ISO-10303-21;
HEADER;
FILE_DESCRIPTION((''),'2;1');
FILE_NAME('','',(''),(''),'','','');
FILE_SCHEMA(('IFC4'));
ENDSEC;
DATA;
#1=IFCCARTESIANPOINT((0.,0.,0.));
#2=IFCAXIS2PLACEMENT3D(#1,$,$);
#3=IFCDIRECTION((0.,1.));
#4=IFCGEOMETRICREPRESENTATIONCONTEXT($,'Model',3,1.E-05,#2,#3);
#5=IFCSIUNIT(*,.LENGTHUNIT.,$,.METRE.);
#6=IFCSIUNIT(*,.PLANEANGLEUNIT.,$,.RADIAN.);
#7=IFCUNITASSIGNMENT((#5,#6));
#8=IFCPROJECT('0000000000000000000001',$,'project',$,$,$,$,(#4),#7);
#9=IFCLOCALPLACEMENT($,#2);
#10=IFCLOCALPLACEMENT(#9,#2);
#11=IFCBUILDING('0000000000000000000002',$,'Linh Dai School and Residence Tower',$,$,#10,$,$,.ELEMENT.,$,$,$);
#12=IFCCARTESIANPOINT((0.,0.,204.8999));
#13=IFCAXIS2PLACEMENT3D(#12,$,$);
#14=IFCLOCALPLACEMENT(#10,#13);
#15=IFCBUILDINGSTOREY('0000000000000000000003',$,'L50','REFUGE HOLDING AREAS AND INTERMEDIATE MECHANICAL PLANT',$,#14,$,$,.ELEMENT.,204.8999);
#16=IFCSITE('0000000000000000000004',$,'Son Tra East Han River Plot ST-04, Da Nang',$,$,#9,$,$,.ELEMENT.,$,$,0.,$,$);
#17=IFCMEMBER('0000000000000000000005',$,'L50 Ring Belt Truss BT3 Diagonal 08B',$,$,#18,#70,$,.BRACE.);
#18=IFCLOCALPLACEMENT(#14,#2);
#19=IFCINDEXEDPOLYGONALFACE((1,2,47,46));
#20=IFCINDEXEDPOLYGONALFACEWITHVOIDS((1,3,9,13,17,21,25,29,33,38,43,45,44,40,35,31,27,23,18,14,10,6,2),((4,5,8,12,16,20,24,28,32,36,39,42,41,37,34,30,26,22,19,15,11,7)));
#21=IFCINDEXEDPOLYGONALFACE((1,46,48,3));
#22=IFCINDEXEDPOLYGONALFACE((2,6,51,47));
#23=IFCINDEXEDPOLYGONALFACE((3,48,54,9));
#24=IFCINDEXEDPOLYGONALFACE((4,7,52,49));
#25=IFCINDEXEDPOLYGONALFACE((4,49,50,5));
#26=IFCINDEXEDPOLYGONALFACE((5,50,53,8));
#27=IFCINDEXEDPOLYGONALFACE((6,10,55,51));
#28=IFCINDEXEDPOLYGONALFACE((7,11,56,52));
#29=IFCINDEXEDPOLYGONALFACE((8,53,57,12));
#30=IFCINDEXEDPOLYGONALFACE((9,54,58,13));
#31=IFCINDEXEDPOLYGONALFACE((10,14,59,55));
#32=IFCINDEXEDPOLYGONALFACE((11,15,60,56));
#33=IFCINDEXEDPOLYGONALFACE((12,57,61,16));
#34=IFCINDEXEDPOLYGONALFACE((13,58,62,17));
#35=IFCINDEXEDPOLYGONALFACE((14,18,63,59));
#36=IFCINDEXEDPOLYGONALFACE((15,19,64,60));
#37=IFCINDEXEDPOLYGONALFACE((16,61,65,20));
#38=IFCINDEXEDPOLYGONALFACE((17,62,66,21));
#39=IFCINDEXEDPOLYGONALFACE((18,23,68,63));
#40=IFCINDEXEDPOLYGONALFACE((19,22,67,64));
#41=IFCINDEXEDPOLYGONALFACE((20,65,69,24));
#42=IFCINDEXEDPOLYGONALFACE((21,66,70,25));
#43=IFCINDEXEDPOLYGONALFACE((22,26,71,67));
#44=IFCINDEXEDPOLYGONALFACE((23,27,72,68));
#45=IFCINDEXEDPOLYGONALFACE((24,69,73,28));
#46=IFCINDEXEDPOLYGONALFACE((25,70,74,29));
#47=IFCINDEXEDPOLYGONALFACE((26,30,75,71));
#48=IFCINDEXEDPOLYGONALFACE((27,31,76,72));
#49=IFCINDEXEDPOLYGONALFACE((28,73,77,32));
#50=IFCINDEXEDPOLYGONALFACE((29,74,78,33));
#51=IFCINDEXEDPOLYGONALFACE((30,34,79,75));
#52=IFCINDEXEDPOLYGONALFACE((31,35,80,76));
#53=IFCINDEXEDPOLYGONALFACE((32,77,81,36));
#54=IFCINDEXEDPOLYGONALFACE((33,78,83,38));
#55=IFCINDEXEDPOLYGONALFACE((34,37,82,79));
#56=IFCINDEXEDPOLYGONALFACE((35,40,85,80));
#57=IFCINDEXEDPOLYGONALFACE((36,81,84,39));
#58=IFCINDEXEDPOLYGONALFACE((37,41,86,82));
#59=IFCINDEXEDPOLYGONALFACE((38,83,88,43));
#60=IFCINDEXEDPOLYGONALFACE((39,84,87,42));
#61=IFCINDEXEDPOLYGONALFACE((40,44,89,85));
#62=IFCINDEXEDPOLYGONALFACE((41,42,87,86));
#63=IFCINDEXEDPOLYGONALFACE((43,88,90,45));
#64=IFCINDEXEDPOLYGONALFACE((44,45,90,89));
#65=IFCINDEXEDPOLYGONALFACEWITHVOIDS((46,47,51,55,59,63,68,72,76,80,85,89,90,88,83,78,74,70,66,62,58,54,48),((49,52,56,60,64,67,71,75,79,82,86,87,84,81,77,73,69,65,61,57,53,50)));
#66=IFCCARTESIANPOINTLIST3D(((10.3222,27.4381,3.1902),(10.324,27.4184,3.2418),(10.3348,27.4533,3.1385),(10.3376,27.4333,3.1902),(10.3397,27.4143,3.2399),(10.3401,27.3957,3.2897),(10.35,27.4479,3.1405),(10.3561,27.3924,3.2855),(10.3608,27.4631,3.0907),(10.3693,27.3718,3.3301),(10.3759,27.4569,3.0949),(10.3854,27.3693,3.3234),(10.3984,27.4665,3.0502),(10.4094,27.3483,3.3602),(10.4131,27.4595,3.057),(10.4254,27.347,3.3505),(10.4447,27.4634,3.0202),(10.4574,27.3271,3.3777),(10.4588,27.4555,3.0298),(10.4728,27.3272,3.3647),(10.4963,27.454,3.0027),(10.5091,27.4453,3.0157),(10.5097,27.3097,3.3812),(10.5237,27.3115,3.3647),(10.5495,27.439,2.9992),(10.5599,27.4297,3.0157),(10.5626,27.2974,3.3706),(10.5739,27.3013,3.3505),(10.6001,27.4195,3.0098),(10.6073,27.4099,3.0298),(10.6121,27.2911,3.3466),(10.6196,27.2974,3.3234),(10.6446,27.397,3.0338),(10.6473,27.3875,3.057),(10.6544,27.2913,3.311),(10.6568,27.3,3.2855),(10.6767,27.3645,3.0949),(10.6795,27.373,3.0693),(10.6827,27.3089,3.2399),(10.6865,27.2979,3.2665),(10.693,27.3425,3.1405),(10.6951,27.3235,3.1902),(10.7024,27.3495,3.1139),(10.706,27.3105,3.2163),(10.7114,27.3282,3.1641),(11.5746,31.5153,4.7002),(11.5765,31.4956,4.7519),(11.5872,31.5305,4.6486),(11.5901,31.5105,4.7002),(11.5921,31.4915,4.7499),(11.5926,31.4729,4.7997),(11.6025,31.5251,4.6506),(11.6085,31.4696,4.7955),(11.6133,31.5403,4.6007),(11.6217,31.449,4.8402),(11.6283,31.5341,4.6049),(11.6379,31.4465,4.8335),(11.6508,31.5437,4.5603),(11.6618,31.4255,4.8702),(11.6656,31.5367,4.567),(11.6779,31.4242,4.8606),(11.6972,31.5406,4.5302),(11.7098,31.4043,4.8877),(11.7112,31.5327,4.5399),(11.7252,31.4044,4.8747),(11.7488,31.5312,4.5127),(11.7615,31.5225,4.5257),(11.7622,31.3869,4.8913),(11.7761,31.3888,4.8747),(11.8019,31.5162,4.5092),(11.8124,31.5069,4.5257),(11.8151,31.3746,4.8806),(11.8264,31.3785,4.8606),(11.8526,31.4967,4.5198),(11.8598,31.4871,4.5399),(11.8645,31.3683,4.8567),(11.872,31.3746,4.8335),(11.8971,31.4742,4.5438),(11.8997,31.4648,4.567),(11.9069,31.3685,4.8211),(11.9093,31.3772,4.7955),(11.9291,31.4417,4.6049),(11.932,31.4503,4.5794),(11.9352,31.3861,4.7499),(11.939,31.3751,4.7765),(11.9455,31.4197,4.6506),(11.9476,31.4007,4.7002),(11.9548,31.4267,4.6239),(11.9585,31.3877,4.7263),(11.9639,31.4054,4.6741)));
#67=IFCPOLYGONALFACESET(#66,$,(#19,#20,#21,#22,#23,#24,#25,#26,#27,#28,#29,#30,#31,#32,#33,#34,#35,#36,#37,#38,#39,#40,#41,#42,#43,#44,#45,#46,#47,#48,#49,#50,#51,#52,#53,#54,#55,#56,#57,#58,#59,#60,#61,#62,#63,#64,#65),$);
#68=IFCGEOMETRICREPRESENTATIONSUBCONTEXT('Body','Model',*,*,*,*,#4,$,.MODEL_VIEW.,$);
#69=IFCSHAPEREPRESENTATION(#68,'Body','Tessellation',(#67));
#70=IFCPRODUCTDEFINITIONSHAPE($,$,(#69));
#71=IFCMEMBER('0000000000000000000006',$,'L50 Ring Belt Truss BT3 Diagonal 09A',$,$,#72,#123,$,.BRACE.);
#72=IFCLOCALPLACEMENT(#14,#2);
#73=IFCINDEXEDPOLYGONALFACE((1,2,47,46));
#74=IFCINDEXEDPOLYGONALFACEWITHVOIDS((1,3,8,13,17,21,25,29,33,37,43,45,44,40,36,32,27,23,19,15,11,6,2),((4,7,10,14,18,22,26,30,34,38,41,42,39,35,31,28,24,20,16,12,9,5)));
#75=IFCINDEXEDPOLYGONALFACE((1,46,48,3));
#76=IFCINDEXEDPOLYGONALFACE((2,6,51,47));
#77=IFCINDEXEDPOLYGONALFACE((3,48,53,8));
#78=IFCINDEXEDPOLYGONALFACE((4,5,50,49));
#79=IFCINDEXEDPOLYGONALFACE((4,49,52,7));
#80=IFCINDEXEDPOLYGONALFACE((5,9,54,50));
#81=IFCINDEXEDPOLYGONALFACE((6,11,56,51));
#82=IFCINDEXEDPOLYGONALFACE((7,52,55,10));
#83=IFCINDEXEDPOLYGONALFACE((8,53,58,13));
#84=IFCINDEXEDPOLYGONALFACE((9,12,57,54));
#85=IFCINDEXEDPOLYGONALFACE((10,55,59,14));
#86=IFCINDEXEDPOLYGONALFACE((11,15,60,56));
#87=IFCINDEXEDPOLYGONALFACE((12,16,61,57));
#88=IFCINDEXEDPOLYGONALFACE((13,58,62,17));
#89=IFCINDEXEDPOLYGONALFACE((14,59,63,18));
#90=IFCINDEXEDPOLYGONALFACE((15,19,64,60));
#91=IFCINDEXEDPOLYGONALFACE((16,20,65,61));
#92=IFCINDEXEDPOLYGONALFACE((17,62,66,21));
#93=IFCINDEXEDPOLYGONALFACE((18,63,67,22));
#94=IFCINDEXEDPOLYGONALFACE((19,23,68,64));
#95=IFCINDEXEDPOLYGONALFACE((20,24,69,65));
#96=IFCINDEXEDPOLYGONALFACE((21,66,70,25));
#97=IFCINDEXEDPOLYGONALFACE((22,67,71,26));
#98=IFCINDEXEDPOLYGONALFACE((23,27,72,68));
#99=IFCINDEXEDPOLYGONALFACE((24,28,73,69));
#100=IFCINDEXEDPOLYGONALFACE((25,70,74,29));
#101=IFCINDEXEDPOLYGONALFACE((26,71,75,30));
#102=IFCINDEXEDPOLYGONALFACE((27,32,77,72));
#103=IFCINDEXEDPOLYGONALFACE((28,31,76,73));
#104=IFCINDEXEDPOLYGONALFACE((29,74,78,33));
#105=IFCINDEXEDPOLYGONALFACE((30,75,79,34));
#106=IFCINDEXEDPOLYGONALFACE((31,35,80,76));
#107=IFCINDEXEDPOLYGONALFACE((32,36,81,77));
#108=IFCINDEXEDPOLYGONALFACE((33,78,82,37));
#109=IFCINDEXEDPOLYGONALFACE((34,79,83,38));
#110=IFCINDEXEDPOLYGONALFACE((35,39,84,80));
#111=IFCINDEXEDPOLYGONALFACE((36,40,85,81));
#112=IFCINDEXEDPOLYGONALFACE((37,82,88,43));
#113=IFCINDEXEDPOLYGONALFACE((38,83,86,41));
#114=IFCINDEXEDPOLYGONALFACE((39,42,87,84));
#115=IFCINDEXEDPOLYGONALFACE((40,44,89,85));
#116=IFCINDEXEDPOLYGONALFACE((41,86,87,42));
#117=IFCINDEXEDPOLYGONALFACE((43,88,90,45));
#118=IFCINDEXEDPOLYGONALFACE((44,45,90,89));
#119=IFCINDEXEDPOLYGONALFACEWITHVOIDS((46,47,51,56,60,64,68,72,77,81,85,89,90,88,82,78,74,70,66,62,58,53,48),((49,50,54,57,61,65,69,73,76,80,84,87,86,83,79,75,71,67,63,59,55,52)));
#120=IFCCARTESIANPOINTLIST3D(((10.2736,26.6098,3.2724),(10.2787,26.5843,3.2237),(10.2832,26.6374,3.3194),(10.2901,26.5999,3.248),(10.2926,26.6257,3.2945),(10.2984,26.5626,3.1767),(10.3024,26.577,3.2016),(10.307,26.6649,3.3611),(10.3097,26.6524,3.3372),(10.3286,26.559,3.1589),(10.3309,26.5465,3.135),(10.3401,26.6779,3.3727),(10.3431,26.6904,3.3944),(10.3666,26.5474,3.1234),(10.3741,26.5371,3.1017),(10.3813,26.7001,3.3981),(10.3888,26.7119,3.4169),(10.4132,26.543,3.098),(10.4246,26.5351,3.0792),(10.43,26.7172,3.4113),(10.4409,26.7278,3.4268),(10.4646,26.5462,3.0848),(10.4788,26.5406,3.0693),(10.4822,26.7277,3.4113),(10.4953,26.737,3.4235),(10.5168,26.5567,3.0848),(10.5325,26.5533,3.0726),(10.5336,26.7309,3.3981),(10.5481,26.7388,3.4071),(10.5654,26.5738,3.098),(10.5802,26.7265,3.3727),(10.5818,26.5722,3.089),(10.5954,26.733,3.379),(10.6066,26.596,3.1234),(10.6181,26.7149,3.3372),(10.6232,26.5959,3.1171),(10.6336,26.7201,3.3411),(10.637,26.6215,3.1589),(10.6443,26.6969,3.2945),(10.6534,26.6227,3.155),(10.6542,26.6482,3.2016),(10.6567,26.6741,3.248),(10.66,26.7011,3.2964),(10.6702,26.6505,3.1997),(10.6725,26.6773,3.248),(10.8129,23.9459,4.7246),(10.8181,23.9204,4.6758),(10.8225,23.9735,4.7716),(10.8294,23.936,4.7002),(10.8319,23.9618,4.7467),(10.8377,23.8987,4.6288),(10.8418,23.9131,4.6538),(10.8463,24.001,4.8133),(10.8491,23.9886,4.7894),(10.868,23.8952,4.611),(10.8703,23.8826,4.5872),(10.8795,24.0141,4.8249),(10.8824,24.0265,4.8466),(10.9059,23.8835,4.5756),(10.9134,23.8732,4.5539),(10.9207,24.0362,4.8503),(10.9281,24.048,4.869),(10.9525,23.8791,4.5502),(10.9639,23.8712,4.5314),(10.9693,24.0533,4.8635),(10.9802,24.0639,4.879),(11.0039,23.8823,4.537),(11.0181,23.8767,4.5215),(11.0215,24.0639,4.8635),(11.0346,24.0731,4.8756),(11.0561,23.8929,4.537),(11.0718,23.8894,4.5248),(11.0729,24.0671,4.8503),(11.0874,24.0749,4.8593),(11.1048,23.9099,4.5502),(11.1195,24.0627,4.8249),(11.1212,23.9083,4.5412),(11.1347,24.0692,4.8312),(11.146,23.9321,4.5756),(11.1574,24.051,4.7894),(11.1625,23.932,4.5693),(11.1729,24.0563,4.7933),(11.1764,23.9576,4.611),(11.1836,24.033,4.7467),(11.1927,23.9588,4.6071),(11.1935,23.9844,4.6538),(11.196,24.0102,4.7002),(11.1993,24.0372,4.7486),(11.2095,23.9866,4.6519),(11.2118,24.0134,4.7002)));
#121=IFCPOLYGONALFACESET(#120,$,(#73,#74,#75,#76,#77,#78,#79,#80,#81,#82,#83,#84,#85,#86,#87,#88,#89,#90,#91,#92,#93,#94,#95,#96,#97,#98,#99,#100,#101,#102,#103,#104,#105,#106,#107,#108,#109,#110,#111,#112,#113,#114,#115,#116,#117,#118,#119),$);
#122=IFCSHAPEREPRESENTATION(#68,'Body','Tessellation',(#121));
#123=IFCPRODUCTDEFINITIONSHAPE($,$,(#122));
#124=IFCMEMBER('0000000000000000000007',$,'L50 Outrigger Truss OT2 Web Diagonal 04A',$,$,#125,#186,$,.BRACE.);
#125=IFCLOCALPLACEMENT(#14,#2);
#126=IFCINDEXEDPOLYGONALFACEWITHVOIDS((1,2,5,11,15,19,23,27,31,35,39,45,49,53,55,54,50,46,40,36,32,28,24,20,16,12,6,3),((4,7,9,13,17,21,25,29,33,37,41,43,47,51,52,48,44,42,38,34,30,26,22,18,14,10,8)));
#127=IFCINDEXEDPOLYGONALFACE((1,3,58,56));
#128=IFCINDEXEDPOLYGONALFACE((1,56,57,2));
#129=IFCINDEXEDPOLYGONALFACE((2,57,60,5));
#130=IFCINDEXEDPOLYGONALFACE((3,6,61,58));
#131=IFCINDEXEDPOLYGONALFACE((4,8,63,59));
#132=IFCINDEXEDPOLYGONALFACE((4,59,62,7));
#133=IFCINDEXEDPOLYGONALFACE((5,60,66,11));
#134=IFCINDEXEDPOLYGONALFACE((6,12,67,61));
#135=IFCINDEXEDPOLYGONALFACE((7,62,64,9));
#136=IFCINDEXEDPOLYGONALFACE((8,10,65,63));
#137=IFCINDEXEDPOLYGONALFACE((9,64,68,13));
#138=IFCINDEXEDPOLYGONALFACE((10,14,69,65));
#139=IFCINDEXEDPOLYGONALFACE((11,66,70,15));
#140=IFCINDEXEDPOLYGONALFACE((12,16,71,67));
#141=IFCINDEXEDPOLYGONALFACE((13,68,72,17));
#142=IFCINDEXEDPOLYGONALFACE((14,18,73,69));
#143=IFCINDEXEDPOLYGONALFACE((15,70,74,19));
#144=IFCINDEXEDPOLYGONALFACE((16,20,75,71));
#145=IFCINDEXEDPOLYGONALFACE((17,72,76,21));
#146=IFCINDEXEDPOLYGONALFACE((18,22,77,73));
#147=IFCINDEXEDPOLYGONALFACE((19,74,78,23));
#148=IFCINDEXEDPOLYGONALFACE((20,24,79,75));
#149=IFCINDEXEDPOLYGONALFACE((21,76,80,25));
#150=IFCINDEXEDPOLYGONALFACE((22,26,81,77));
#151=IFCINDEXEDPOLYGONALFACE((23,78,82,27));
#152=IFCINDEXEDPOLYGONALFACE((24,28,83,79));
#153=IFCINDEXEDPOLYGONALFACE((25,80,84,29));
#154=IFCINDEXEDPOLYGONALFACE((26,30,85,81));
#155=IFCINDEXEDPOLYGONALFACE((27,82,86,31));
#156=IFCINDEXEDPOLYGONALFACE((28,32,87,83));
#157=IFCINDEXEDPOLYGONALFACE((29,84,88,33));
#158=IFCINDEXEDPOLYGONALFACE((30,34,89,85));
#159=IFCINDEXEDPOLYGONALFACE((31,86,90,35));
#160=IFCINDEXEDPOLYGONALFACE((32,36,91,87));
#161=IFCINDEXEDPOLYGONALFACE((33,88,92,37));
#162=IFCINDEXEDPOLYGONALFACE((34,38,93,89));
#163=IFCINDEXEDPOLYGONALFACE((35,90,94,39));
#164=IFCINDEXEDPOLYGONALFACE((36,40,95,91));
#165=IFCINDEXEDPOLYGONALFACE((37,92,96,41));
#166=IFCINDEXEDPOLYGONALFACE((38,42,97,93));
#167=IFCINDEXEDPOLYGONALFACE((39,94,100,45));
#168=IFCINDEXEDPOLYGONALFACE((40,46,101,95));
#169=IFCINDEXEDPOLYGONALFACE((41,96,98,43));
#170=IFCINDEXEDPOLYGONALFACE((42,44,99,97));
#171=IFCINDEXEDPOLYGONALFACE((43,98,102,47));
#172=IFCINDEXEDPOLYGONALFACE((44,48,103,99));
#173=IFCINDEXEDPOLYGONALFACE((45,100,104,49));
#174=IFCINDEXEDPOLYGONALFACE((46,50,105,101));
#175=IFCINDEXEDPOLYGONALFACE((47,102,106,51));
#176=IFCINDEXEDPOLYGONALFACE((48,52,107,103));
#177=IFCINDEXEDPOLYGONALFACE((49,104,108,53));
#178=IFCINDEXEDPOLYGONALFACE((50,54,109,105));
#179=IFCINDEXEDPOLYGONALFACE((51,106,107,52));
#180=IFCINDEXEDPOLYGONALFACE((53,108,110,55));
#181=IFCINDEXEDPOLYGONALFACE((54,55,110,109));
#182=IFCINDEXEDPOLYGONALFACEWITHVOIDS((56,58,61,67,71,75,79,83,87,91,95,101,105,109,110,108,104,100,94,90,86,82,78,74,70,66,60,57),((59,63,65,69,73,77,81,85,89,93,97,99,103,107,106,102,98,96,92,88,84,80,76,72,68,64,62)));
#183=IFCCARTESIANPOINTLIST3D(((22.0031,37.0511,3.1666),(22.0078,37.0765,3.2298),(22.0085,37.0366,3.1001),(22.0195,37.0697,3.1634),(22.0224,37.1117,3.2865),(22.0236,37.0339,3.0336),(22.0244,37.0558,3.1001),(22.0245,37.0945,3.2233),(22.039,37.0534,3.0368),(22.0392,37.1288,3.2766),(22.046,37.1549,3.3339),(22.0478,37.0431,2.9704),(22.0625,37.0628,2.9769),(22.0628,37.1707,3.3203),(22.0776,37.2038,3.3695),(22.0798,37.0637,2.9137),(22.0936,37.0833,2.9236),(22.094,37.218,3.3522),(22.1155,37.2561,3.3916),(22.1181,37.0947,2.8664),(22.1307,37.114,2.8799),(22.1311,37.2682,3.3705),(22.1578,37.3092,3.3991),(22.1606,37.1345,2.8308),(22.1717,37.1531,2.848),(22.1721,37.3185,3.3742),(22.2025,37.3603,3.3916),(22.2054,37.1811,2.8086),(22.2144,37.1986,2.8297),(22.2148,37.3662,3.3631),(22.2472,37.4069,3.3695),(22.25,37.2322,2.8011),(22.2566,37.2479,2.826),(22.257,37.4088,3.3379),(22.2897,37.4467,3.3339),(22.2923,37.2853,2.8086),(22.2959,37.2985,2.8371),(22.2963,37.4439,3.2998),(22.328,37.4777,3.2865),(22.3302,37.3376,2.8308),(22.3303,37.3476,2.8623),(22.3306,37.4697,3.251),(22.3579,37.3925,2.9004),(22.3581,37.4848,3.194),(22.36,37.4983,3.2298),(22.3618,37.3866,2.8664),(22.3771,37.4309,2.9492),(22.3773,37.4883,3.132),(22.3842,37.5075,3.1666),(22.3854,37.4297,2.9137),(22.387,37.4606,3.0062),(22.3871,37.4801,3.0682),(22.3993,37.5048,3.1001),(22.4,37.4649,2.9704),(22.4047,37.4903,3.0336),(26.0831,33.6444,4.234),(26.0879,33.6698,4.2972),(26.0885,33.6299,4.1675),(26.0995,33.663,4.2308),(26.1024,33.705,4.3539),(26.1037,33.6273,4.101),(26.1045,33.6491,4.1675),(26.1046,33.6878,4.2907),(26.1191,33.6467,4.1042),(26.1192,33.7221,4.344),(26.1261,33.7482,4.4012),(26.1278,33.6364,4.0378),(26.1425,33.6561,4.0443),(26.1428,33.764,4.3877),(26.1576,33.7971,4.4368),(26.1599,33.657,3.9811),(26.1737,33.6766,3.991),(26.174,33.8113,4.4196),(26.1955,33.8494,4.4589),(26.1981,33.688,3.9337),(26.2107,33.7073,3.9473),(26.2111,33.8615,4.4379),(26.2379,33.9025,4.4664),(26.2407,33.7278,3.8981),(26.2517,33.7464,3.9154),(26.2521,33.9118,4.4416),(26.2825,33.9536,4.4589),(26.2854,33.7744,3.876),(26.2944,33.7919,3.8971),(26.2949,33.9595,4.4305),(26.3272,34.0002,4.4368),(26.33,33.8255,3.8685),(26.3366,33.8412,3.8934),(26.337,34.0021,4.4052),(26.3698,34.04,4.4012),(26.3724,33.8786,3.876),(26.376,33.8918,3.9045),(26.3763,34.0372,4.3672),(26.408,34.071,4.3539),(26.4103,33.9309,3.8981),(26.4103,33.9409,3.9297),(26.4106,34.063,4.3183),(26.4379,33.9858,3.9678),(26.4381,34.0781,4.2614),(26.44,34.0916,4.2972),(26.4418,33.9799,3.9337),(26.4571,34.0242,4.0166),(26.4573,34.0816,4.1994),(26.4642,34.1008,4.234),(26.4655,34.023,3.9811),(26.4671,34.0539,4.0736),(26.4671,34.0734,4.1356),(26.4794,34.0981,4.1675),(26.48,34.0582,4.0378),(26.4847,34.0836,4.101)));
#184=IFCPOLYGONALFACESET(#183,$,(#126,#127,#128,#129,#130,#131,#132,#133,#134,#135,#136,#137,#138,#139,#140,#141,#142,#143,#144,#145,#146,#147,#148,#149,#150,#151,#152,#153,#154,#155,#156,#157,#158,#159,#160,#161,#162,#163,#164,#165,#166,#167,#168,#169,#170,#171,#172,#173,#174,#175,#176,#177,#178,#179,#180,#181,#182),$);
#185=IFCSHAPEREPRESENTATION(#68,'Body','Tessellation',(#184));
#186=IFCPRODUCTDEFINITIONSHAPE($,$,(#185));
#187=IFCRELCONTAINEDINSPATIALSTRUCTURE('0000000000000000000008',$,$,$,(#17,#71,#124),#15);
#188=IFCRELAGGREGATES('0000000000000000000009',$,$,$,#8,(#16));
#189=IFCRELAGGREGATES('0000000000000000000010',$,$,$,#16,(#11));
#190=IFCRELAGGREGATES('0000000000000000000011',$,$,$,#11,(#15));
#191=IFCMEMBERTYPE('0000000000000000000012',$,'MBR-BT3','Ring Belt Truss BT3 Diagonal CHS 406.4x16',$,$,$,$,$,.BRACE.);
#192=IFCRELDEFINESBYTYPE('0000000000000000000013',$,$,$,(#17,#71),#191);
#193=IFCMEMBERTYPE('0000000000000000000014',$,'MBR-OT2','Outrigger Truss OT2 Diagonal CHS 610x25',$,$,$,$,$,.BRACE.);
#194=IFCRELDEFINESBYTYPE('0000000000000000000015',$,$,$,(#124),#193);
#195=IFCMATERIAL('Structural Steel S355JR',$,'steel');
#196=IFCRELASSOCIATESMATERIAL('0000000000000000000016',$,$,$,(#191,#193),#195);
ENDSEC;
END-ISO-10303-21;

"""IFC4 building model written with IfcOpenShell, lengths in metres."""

from ifc_helpers import new_model, si_unit, direction, frame, origin, origin_2d, place, context, subcontext, project, spatial, hollow_circle, extrude, material, material_profile, profile_set, type_object, element, save


model = new_model("IFC4")

# Units and contexts
model_context = context("Model", 3, precision=1e-05, world=origin(), true_north=direction((0.0, 1.0)))
body_context = subcontext(model_context, "Body", "Model", "MODEL_VIEW")
ifc_project = project(units=[si_unit("LENGTHUNIT", "METRE"), si_unit("PLANEANGLEUNIT", "RADIAN")], contexts=[model_context])

# Site, building, storey
site_placement = place(None, origin())
site = spatial("IfcSite", under=ifc_project, at=site_placement, Name="Son Tra East Han River Plot ST-04, Da Nang", CompositionType="ELEMENT", RefElevation=0.0)
building_placement = place(site_placement, origin())
building = spatial("IfcBuilding", under=site, at=building_placement, Name="Linh Dai School and Residence Tower", CompositionType="ELEMENT")
storey_placement = place(building_placement, frame((0.0, 0.0, 204.8999)))
storey = spatial("IfcBuildingStorey", under=building, at=storey_placement, Name="L50", Description="REFUGE HOLDING AREAS AND INTERMEDIATE MECHANICAL PLANT", CompositionType="ELEMENT", Elevation=204.8999)

# Shared definitions
ifc_material_1 = material(Name="Structural Steel S355JR", Category="steel")

# Members
ifc_material_profile_1 = material_profile(ifc_material_1, hollow_circle(Radius=0.2031, WallThickness=0.0161, at=origin_2d()), Name="CHS 406.4x16")
ifc_profile_set_1 = profile_set([ifc_material_profile_1], Name="Structural Steel S355JR")
member_type_1 = type_object("IfcMemberType", Name="MBR-BT3", Description="Ring Belt Truss BT3 Diagonal CHS 406.4x16", PredefinedType="BRACE", material=ifc_profile_set_1)
for number, where, z_axis, x_axis, name in (
    (1, (10.5164, 27.3784, 3.1902), (0.276808, 0.90111, 0.333734), (-0.955915, 0.293643, 0.0), "L50 Ring Belt Truss BT3 Diagonal 08B"),
):
    element("IfcMember", number, at=place(storey_placement, frame(where, z_axis=z_axis, x_axis=x_axis)), inside=storey, type_object=member_type_1, Name=name, PredefinedType="BRACE", context=body_context, shape_type="SweptSolid", body=[
        extrude(hollow_circle(Radius=0.2031, WallThickness=0.0161, at=origin_2d()), origin(), (0.0, 0.0, 1.0), 4.5247),
    ])
member_1_placement = place(storey_placement, frame((10.4734, 26.637, 3.248), z_axis=(0.175015, -0.864461, 0.47125), x_axis=(0.980115, 0.19843, 0.0)))
element("IfcMember", 2, at=member_1_placement, inside=storey, type_object=member_type_1, Name="L50 Ring Belt Truss BT3 Diagonal 09A", PredefinedType="BRACE", context=body_context, shape_type="SweptSolid", body=[
    extrude(hollow_circle(Radius=0.2031, WallThickness=0.0161, at=origin_2d()), origin(), (0.0, 0.0, 1.0), 3.0815),
])
ifc_material_profile_2 = material_profile(ifc_material_1, hollow_circle(Radius=0.3049, WallThickness=0.0249, at=origin_2d()), Name="CHS 610x25")
ifc_profile_set_2 = profile_set([ifc_material_profile_2], Name="Structural Steel S355JR")
member_type_2 = type_object("IfcMemberType", Name="MBR-OT2", Description="Outrigger Truss OT2 Diagonal CHS 610x25", PredefinedType="BRACE", material=ifc_profile_set_2)
member_2_placement = place(storey_placement, frame((26.2839, 33.864, 4.1675), z_axis=(-0.752579, 0.62838, -0.196881), x_axis=(-0.640925, -0.767603, 0.0)))
element("IfcMember", 3, at=member_2_placement, inside=storey, type_object=member_type_2, Name="L50 Outrigger Truss OT2 Web Diagonal 04A", PredefinedType="BRACE", context=body_context, shape_type="SweptSolid", body=[
    extrude(hollow_circle(Radius=0.3049, WallThickness=0.0249, at=origin_2d()), origin(), (0.0, 0.0, 1.0), 5.4214),
])

save(model, "model.ifc")
